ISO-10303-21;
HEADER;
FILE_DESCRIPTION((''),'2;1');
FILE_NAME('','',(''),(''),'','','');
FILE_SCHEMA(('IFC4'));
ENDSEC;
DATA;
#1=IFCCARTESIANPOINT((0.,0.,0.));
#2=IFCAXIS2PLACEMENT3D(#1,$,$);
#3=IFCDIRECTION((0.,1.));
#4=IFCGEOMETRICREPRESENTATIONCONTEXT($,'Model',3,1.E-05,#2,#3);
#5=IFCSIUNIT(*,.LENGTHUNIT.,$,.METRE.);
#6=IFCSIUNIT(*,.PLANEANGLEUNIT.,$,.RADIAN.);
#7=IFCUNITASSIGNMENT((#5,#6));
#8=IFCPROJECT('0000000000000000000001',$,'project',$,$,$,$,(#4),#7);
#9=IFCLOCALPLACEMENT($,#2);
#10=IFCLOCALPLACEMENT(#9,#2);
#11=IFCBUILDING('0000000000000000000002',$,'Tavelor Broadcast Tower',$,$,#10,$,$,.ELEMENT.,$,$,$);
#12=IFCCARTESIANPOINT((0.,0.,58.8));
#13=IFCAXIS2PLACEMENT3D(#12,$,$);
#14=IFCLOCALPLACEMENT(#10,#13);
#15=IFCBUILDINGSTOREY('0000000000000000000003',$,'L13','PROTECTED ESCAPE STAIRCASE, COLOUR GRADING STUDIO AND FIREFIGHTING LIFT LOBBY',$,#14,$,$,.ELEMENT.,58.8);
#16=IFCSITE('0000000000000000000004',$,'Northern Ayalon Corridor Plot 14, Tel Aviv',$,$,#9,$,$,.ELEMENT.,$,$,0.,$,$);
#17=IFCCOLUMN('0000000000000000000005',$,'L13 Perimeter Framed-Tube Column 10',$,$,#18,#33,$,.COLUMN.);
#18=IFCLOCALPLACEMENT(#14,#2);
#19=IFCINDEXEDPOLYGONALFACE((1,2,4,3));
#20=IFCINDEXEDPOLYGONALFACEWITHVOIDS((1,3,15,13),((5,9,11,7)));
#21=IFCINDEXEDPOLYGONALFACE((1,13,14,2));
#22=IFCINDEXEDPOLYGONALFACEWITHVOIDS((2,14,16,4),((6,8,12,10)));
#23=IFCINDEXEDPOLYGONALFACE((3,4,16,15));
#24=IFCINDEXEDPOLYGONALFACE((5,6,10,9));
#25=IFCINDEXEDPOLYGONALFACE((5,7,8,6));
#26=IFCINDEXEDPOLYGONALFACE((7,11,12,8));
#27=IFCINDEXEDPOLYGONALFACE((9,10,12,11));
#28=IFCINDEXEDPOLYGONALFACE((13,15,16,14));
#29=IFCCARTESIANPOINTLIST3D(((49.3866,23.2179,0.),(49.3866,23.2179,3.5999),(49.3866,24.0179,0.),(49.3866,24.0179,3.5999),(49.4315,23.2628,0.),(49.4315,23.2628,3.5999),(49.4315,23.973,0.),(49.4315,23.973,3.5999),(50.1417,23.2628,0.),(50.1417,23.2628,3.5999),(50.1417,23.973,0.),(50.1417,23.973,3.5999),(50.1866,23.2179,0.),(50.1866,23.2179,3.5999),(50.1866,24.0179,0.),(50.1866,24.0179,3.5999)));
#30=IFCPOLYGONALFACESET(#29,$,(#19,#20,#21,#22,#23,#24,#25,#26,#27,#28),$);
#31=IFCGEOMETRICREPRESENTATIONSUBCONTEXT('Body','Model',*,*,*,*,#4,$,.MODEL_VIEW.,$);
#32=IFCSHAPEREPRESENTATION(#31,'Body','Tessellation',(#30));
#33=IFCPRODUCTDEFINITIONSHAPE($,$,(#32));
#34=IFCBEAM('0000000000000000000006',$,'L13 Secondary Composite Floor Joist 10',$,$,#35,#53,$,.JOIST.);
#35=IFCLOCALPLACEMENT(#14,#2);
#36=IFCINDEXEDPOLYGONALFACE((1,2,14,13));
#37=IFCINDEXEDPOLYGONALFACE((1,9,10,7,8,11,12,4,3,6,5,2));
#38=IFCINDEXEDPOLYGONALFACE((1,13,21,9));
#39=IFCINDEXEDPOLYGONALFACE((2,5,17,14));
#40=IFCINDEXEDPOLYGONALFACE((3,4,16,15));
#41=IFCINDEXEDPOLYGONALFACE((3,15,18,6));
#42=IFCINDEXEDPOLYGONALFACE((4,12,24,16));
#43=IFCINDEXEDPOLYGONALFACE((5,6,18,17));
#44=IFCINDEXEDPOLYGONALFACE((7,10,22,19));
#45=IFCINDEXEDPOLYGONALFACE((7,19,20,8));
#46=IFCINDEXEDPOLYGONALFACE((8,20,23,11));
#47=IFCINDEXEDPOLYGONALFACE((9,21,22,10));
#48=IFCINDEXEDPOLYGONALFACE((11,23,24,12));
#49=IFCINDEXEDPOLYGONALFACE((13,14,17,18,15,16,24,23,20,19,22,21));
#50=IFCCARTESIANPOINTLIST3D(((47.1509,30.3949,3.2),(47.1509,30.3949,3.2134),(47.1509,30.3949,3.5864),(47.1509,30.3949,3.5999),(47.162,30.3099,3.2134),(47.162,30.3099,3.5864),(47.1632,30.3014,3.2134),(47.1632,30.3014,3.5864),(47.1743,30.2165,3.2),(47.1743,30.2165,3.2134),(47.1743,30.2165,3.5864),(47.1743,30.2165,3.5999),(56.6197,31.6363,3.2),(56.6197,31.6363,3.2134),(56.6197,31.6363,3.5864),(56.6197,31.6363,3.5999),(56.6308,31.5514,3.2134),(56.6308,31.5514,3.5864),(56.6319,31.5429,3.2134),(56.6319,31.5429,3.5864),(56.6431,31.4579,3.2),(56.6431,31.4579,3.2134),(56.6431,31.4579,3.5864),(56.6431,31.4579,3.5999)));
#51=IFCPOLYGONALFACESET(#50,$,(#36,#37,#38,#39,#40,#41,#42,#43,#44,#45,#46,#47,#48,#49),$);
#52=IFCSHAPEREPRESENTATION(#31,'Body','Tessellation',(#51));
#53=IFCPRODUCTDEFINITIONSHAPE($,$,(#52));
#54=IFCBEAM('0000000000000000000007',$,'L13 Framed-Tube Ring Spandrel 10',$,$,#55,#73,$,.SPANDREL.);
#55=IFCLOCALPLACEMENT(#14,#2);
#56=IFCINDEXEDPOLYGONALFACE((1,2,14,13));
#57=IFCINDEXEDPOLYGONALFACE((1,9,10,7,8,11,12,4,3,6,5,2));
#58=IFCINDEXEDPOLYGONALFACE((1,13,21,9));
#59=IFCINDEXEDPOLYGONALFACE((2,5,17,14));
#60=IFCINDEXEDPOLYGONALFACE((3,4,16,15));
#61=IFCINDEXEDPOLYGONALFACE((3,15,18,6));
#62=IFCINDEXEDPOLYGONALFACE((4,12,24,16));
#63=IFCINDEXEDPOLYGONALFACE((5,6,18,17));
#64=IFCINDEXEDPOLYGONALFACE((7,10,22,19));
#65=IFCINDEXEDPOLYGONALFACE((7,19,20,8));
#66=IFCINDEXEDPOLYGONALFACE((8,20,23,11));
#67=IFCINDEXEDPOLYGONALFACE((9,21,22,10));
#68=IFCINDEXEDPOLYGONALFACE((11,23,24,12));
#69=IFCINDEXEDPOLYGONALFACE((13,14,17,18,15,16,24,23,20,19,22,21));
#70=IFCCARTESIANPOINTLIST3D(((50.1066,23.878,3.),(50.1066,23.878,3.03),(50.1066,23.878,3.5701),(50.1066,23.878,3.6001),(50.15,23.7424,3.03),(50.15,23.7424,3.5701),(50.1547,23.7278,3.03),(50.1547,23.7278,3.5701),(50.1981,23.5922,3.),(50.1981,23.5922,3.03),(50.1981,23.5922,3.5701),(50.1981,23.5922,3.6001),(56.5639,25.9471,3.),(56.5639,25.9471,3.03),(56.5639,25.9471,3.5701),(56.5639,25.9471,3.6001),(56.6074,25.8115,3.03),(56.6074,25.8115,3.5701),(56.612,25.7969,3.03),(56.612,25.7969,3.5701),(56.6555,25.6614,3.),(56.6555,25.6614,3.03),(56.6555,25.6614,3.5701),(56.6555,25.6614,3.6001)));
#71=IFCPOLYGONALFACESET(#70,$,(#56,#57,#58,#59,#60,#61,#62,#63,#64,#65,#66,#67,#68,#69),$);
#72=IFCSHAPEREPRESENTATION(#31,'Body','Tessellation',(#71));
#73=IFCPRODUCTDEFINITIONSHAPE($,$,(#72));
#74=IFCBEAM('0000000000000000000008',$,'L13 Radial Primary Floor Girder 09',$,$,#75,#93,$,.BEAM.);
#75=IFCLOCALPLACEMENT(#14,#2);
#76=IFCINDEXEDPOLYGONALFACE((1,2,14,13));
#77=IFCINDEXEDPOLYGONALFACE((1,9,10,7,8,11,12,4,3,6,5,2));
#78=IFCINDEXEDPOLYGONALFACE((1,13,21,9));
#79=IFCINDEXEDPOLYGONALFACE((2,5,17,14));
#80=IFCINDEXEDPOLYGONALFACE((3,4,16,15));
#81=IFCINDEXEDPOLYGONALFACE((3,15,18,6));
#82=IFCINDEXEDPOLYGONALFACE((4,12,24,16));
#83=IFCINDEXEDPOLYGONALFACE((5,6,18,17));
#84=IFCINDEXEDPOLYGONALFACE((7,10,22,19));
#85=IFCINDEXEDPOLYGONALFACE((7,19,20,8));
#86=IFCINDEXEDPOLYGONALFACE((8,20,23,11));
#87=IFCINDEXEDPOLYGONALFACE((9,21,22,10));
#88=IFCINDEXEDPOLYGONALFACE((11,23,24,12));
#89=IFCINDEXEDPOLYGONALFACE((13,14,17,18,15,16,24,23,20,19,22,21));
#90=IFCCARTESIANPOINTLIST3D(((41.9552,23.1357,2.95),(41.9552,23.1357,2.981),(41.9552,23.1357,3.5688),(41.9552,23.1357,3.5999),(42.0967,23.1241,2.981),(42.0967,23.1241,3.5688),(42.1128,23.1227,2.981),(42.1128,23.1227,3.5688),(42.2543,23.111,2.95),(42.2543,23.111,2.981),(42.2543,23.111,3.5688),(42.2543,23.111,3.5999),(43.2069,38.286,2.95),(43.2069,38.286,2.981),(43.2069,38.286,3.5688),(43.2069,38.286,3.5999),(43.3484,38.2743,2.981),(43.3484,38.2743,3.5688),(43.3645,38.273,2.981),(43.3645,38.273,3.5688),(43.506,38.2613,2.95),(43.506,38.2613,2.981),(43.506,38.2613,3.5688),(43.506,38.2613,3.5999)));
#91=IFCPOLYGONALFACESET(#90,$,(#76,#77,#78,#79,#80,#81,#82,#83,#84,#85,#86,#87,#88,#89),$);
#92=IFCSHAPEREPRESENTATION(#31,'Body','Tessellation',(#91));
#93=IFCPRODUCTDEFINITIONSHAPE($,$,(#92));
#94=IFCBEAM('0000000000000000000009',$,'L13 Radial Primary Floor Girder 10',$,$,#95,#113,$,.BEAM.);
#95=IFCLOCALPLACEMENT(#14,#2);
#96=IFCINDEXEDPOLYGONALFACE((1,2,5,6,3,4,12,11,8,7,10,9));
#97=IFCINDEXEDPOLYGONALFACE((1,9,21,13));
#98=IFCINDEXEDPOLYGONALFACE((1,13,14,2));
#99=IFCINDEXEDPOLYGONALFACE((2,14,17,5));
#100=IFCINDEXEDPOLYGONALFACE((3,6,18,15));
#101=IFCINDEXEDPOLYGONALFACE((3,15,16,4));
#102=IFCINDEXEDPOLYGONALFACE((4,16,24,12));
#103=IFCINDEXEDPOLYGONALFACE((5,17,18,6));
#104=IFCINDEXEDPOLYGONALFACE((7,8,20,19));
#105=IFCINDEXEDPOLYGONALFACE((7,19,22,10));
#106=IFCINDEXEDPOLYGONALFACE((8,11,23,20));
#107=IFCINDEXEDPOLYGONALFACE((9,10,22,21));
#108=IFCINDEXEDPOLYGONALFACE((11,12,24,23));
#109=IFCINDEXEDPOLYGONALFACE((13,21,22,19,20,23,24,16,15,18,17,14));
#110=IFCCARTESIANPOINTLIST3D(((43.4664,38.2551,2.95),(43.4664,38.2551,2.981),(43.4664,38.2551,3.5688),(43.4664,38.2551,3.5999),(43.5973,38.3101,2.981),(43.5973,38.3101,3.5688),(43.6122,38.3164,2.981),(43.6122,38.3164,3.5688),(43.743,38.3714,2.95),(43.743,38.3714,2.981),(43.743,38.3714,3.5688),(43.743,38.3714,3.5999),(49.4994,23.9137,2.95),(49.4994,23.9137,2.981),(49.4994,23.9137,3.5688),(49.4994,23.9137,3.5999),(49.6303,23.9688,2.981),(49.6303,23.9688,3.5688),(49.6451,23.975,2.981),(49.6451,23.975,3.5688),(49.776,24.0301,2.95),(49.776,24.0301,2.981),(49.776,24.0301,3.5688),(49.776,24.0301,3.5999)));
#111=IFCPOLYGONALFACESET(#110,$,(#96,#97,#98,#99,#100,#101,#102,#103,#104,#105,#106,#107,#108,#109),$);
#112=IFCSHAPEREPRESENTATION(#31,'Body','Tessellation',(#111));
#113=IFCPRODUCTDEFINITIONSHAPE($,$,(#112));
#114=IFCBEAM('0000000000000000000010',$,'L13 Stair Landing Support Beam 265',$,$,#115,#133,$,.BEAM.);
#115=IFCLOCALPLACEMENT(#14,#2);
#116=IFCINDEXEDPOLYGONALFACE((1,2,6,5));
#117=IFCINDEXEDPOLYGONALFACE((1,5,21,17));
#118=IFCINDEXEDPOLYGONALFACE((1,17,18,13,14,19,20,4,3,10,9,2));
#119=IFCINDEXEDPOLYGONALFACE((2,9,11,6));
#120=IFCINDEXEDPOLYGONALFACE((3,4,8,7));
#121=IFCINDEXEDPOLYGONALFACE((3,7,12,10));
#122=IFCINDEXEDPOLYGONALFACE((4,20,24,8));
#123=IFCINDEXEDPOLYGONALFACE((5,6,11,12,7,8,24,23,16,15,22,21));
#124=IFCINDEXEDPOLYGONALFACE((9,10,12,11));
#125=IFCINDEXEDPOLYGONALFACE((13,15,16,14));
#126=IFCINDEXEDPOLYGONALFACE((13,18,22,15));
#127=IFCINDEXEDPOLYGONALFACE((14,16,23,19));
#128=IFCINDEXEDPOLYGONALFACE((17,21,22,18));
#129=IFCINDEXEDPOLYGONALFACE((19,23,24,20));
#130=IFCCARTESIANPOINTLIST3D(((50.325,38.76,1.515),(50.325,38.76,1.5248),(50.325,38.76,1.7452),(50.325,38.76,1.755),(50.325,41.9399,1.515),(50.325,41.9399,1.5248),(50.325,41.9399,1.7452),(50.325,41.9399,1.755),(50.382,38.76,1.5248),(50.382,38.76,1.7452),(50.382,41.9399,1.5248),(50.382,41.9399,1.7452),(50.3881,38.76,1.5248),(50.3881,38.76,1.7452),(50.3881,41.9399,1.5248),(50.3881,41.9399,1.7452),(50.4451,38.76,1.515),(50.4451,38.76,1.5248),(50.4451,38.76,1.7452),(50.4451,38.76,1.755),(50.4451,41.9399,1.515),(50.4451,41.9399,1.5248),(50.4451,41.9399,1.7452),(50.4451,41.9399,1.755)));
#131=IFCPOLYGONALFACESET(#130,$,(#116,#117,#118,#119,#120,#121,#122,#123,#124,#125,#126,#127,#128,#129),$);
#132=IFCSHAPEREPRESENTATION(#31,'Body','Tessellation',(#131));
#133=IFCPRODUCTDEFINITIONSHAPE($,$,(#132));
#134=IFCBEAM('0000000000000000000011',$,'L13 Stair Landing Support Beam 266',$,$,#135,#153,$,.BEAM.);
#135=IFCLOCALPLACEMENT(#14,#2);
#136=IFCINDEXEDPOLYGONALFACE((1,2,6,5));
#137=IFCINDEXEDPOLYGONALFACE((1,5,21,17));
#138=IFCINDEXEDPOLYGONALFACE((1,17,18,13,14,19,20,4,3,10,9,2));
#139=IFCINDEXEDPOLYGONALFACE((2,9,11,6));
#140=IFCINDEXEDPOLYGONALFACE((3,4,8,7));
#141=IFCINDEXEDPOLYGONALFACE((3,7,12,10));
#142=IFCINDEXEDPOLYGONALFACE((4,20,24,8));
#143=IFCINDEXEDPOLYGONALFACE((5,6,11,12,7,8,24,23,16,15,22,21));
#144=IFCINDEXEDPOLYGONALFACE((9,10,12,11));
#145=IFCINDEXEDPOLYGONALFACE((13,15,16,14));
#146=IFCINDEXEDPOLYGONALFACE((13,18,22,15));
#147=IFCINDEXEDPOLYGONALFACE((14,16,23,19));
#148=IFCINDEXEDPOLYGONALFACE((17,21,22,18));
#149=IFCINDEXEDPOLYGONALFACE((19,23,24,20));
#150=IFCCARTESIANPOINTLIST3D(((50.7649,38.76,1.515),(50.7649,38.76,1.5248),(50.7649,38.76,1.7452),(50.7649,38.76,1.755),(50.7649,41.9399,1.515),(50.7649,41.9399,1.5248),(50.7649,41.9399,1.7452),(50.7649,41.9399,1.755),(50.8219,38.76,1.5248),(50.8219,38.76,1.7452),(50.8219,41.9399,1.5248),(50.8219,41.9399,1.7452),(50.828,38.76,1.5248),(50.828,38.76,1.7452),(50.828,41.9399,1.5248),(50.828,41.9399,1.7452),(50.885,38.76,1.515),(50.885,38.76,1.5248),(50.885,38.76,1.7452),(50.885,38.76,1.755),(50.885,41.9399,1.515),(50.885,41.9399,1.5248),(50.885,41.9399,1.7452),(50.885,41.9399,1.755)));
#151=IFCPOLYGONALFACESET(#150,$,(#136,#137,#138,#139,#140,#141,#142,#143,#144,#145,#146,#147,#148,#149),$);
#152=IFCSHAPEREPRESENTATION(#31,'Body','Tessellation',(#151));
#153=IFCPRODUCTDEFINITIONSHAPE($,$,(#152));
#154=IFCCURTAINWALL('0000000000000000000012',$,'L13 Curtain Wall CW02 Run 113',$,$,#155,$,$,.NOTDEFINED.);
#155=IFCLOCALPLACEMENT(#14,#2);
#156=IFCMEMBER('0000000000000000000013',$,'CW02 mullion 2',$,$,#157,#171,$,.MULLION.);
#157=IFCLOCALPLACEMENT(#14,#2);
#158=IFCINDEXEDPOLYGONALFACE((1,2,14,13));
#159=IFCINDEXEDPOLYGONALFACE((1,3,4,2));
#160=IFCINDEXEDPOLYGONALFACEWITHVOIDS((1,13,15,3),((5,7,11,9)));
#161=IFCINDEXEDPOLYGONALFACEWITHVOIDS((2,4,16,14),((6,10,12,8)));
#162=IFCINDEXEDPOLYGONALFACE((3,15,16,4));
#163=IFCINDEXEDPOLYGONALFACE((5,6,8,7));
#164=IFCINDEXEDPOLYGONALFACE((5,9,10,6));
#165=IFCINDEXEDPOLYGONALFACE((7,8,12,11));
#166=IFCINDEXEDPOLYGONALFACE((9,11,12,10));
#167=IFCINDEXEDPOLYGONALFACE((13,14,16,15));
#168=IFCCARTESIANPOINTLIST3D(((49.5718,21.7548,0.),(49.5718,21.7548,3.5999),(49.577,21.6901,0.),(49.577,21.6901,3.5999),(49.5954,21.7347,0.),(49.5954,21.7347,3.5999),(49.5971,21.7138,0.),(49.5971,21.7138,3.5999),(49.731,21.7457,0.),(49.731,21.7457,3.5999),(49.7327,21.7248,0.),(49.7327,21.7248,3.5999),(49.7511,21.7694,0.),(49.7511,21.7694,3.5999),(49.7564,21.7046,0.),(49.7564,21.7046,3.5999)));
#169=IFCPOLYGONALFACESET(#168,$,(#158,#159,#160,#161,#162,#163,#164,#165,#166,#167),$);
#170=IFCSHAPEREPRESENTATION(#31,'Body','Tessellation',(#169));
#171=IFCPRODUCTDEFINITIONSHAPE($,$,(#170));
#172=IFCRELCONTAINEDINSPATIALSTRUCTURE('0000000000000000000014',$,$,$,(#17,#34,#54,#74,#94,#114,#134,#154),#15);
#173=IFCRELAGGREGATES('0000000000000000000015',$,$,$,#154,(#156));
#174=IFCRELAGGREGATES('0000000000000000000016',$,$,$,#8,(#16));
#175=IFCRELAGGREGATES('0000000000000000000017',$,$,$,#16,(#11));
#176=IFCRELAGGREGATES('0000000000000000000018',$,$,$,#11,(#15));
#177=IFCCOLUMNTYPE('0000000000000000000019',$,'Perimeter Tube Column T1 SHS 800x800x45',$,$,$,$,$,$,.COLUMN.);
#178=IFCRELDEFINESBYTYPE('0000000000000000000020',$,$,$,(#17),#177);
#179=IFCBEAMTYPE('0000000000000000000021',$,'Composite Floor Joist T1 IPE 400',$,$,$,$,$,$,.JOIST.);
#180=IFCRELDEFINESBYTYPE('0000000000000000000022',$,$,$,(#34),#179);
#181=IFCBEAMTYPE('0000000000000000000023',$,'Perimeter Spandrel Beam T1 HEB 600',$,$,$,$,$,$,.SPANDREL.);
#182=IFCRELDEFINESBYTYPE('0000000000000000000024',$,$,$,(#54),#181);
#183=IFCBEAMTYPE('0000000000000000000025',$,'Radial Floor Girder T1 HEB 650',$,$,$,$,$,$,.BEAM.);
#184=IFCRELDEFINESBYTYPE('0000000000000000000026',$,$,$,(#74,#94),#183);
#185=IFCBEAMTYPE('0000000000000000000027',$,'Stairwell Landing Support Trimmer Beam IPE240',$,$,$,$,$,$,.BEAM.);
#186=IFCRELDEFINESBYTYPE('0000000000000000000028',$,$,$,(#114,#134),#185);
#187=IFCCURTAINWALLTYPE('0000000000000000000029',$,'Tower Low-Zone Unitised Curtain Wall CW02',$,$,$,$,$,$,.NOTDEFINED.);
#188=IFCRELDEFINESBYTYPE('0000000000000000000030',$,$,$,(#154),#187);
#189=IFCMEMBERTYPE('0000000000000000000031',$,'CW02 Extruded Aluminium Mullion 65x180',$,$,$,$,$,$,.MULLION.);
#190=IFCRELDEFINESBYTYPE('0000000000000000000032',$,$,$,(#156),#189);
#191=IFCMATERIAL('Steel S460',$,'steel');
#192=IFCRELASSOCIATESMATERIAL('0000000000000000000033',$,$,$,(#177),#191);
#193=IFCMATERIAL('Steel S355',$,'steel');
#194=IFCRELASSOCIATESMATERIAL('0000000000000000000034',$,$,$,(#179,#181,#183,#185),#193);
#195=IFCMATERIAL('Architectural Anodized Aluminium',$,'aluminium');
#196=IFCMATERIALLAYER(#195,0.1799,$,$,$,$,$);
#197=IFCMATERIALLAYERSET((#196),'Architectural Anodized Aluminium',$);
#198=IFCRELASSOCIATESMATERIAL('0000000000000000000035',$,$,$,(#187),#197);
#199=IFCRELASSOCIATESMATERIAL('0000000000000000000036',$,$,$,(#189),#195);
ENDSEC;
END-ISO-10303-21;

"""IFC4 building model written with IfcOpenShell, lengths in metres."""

from ifc_helpers import new_model, si_unit, direction, frame, origin, origin_2d, place, context, subcontext, project, spatial, hollow_rectangle, i_section, extrude, source, transform, mapped, material, layer, layer_set, material_profile, profile_set, type_object, type_shapes, element, aggregate, save


model = new_model("IFC4")

# Units and contexts
model_context = context("Model", 3, precision=1e-05, world=origin(), true_north=direction((0.0, 1.0)))
body_context = subcontext(model_context, "Body", "Model", "MODEL_VIEW")
ifc_project = project(units=[si_unit("LENGTHUNIT", "METRE"), si_unit("PLANEANGLEUNIT", "RADIAN")], contexts=[model_context])

# Site, building, storey
site_placement = place(None, origin())
site = spatial("IfcSite", under=ifc_project, at=site_placement, Name="Northern Ayalon Corridor Plot 14, Tel Aviv", CompositionType="ELEMENT", RefElevation=0.0)
building_placement = place(site_placement, origin())
building = spatial("IfcBuilding", under=site, at=building_placement, Name="Tavelor Broadcast Tower", CompositionType="ELEMENT")
storey_placement = place(building_placement, frame((0.0, 0.0, 58.8)))
storey = spatial("IfcBuildingStorey", under=building, at=storey_placement, Name="L13", Description="PROTECTED ESCAPE STAIRCASE, COLOUR GRADING STUDIO AND FIREFIGHTING LIFT LOBBY", CompositionType="ELEMENT", Elevation=58.8)

# Column
ifc_material_1 = material(Name="Steel S460", Category="steel")
ifc_material_profile_1 = material_profile(ifc_material_1, hollow_rectangle(XDim=0.8, YDim=0.8, WallThickness=0.0449, at=origin_2d()), Name="SHS 800x800x45")
ifc_profile_set_1 = profile_set([ifc_material_profile_1], Name="Steel S460")
column_type = type_object("IfcColumnType", Name="Perimeter Tube Column T1 SHS 800x800x45", PredefinedType="COLUMN", material=ifc_profile_set_1)
column_placement = place(storey_placement, frame((49.7866, 23.6179, 0.0), z_axis=(0.0, 0.0, 1.0), x_axis=(1.0, 0.0, 0.0)))
element("IfcColumn", 1, at=column_placement, inside=storey, type_object=column_type, Name="L13 Perimeter Framed-Tube Column 10", PredefinedType="COLUMN", context=body_context, shape_type="SweptSolid", body=[
    extrude(hollow_rectangle(XDim=0.8, YDim=0.8, WallThickness=0.0449, at=origin_2d()), origin(), (0.0, 0.0, 1.0), 3.5999),
])

# Beams
ifc_material_2 = material(Name="Steel S355", Category="steel")
ifc_material_profile_2 = material_profile(ifc_material_2, i_section(OverallWidth=0.1799, OverallDepth=0.3999, WebThickness=0.0085, FlangeThickness=0.0134, at=origin_2d()), Name="IPE 400")
ifc_profile_set_2 = profile_set([ifc_material_profile_2], Name="Steel S355")
beam_type_1 = type_object("IfcBeamType", Name="Composite Floor Joist T1 IPE 400", PredefinedType="JOIST", material=ifc_profile_set_2)
beam_1_placement = place(storey_placement, frame((47.1626, 30.3057, 3.3999), z_axis=(0.991514, 0.129998, 0.0), x_axis=(-0.129998, 0.991514, 0.0)))
element("IfcBeam", 2, at=beam_1_placement, inside=storey, type_object=beam_type_1, Name="L13 Secondary Composite Floor Joist 10", PredefinedType="JOIST", context=body_context, shape_type="SweptSolid", body=[
    extrude(i_section(OverallWidth=0.1799, OverallDepth=0.3999, WebThickness=0.0085, FlangeThickness=0.0134, at=origin_2d()), origin(), (0.0, 0.0, 1.0), 9.5498),
])
ifc_material_profile_3 = material_profile(ifc_material_2, i_section(OverallWidth=0.3, OverallDepth=0.6001, WebThickness=0.0154, FlangeThickness=0.03, at=origin_2d()), Name="HEB 600")
ifc_profile_set_3 = profile_set([ifc_material_profile_3], Name="Steel S355")
beam_type_2 = type_object("IfcBeamType", Name="Perimeter Spandrel Beam T1 HEB 600", PredefinedType="SPANDREL", material=ifc_profile_set_3)
beam_2_placement = place(storey_placement, frame((50.1523, 23.7351, 3.3), z_axis=(0.952306, 0.305145, 0.0), x_axis=(-0.305145, 0.952306, 0.0)))
element("IfcBeam", 3, at=beam_2_placement, inside=storey, type_object=beam_type_2, Name="L13 Framed-Tube Ring Spandrel 10", PredefinedType="SPANDREL", context=body_context, shape_type="SweptSolid", body=[
    extrude(i_section(OverallWidth=0.3, OverallDepth=0.6001, WebThickness=0.0154, FlangeThickness=0.03, at=origin_2d()), origin(), (0.0, 0.0, 1.0), 6.7808),
])
ifc_material_profile_4 = material_profile(ifc_material_2, i_section(OverallWidth=0.3, OverallDepth=0.6499, WebThickness=0.0161, FlangeThickness=0.031, at=origin_2d()), Name="HEB 650")
ifc_profile_set_4 = profile_set([ifc_material_profile_4], Name="Steel S355")
beam_type_3 = type_object("IfcBeamType", Name="Radial Floor Girder T1 HEB 650", PredefinedType="BEAM", material=ifc_profile_set_4)
beam_3_placement = place(storey_placement, frame((43.3564, 38.2737, 3.2749), z_axis=(-0.082338, -0.996604, 0.0), x_axis=(0.996604, -0.082338, 0.0)))
element("IfcBeam", 4, at=beam_3_placement, inside=storey, type_object=beam_type_3, Name="L13 Radial Primary Floor Girder 09", PredefinedType="BEAM", context=body_context, shape_type="SweptSolid", body=[
    extrude(i_section(OverallWidth=0.3, OverallDepth=0.6499, WebThickness=0.0161, FlangeThickness=0.031, at=origin_2d()), origin(), (0.0, 0.0, 1.0), 15.2019),
])
beam_4_placement = place(storey_placement, frame((43.6047, 38.3132, 3.2749), z_axis=(0.387757, -0.921761, 0.0), x_axis=(0.921761, 0.387757, 0.0)))
element("IfcBeam", 5, at=beam_4_placement, inside=storey, type_object=beam_type_3, Name="L13 Radial Primary Floor Girder 10", PredefinedType="BEAM", context=body_context, shape_type="SweptSolid", body=[
    extrude(i_section(OverallWidth=0.3, OverallDepth=0.6499, WebThickness=0.0161, FlangeThickness=0.031, at=origin_2d()), origin(), (0.0, 0.0, 1.0), 15.5586),
])
ifc_material_profile_5 = material_profile(ifc_material_2, i_section(OverallWidth=0.1201, OverallDepth=0.24, WebThickness=0.0061, FlangeThickness=0.0098, at=origin_2d()), Name="IPE 240")
ifc_profile_set_5 = profile_set([ifc_material_profile_5], Name="Steel S355")
beam_type_4 = type_object("IfcBeamType", Name="Stairwell Landing Support Trimmer Beam IPE240", PredefinedType="BEAM", material=ifc_profile_set_5)
for number, where, z_axis, x_axis, name in (
    (6, (50.385, 38.76, 1.635), (0.0, 1.0, 0.0), (-1.0, 0.0, 0.0), "L13 Stair Landing Support Beam 265"),
    (7, (50.825, 38.76, 1.635), (0.0, 1.0, 0.0), (-1.0, 0.0, 0.0), "L13 Stair Landing Support Beam 266"),
):
    element("IfcBeam", number, at=place(storey_placement, frame(where, z_axis=z_axis, x_axis=x_axis)), inside=storey, type_object=beam_type_4, Name=name, PredefinedType="BEAM", context=body_context, shape_type="SweptSolid", body=[
        extrude(i_section(OverallWidth=0.1201, OverallDepth=0.24, WebThickness=0.0061, FlangeThickness=0.0098, at=origin_2d()), origin(), (0.0, 0.0, 1.0), 3.1799),
    ])

# Curtain wall, member
ifc_material_3 = material(Name="Architectural Anodized Aluminium", Category="aluminium")
ifc_layer_1 = layer(ifc_material_3, 0.1799)
ifc_layer_set_1 = layer_set([ifc_layer_1], Name="Architectural Anodized Aluminium")
curtain_wall_type = type_object("IfcCurtainWallType", Name="Tower Low-Zone Unitised Curtain Wall CW02", PredefinedType="NOTDEFINED", material=ifc_layer_set_1)
curtain_wall_1_placement = place(storey_placement, origin())
curtain_wall_1 = element("IfcCurtainWall", 8, at=curtain_wall_1_placement, inside=storey, type_object=curtain_wall_type, Name="L13 Curtain Wall CW02 Run 113", PredefinedType="NOTDEFINED")
ifc_material_profile_6 = material_profile(ifc_material_3, hollow_rectangle(XDim=0.0649, YDim=0.1799, WallThickness=0.022, at=origin_2d()), Name="RHS 65x180x22")
ifc_profile_set_6 = profile_set([ifc_material_profile_6], Name="Architectural Anodized Aluminium")
member_type_1 = type_object("IfcMemberType", Name="CW02 Extruded Aluminium Mullion 65x180", PredefinedType="MULLION", material=ifc_profile_set_6)
shared_shape_1 = source(origin(), body_context, "Body", "SweptSolid", [
    extrude(hollow_rectangle(XDim=0.0649, YDim=0.1799, WallThickness=0.022, at=origin_2d()), origin(), (0.0, 0.0, 1.0), 3.5999),
])
type_shapes(member_type_1, [shared_shape_1])
member_1_placement = place(storey_placement, frame((49.6641, 21.7297, 0.0), z_axis=(0.0, 0.0, 1.0), x_axis=(-0.080629, 0.996744, 0.0)))
member_1 = element("IfcMember", 9, at=member_1_placement, type_object=member_type_1, Name="CW02 mullion 2", PredefinedType="MULLION", context=body_context, shape_type="MappedRepresentation", body=[
    mapped(shared_shape_1, transform((0.0, 0.0, 0.0), scale=1.0)),
])

aggregate(curtain_wall_1, [member_1])

save(model, "model.ifc")
